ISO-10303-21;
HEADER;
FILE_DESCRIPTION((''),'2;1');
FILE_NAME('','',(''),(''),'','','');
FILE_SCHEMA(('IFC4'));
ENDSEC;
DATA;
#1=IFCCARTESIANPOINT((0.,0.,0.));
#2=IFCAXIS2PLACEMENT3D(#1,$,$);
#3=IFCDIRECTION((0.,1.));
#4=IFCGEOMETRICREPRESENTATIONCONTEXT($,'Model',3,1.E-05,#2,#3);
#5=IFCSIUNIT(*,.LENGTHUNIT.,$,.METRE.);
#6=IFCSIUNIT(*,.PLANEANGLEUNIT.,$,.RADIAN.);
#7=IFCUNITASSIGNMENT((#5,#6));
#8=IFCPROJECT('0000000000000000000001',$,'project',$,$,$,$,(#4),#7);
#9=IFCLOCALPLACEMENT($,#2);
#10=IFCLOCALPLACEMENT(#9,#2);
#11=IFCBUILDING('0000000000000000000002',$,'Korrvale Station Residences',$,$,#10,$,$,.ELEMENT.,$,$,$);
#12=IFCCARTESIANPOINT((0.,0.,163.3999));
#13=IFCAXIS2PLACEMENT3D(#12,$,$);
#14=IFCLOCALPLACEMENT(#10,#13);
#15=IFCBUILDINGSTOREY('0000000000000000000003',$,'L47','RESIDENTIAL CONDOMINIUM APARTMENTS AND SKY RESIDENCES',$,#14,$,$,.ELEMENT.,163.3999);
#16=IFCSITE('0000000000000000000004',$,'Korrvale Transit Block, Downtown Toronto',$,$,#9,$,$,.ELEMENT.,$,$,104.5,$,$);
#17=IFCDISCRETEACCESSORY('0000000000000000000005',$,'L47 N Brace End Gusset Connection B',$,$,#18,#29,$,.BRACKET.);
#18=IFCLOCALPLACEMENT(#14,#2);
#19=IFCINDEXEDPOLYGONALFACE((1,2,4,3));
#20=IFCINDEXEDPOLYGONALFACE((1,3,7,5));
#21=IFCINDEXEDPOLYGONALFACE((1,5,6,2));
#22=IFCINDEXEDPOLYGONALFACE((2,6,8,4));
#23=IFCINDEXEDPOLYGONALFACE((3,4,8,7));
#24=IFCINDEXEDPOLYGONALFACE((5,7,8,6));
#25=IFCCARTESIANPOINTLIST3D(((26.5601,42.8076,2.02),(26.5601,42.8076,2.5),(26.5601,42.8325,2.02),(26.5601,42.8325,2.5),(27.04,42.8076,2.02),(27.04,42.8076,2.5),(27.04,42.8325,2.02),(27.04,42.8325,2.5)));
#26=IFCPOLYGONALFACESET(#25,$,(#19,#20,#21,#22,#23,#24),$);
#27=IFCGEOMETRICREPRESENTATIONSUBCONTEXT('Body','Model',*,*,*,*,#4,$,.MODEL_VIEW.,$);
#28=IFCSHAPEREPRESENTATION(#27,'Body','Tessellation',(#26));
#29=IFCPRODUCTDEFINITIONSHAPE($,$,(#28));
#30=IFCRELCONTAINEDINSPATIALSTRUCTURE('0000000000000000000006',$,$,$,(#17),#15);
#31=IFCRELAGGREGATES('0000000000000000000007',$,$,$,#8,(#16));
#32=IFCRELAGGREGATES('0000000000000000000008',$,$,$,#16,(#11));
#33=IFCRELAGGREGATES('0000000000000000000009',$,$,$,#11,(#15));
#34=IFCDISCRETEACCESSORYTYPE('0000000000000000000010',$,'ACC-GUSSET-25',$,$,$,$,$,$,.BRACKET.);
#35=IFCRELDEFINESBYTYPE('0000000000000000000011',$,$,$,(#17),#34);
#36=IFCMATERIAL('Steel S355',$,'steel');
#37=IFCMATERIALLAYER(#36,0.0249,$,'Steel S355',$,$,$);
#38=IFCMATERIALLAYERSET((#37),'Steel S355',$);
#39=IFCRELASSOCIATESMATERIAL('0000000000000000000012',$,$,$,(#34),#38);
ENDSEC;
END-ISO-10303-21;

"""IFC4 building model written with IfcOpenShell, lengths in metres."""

from ifc_helpers import new_model, si_unit, direction, frame, origin, origin_2d, place, context, subcontext, project, spatial, rectangle, extrude, material, layer, layer_set, type_object, element, save


model = new_model("IFC4")

# Units and contexts
model_context = context("Model", 3, precision=1e-05, world=origin(), true_north=direction((0.0, 1.0)))
body_context = subcontext(model_context, "Body", "Model", "MODEL_VIEW")
ifc_project = project(units=[si_unit("LENGTHUNIT", "METRE"), si_unit("PLANEANGLEUNIT", "RADIAN")], contexts=[model_context])

# Site, building, storey
site_placement = place(None, origin())
site = spatial("IfcSite", under=ifc_project, at=site_placement, Name="Korrvale Transit Block, Downtown Toronto", CompositionType="ELEMENT", RefElevation=104.5)
building_placement = place(site_placement, origin())
building = spatial("IfcBuilding", under=site, at=building_placement, Name="Korrvale Station Residences", CompositionType="ELEMENT")
storey_placement = place(building_placement, frame((0.0, 0.0, 163.3999)))
storey = spatial("IfcBuildingStorey", under=building, at=storey_placement, Name="L47", Description="RESIDENTIAL CONDOMINIUM APARTMENTS AND SKY RESIDENCES", CompositionType="ELEMENT", Elevation=163.3999)

# Shared definitions
ifc_material_1 = material(Name="Steel S355", Category="steel")

# Discrete accessory
ifc_layer_1 = layer(ifc_material_1, 0.0249, Name="Steel S355")
ifc_layer_set_1 = layer_set([ifc_layer_1], Name="Steel S355")
discrete_accessory_type = type_object("IfcDiscreteAccessoryType", Name="ACC-GUSSET-25", PredefinedType="BRACKET", material=ifc_layer_set_1)
for number, where, z_axis, x_axis, name in (
    (1, (26.8, 42.8201, 2.02), (0.0, 0.0, 1.0), (1.0, 0.0, 0.0), "L47 N Brace End Gusset Connection B"),
):
    element("IfcDiscreteAccessory", number, at=place(storey_placement, frame(where, z_axis=z_axis, x_axis=x_axis)), inside=storey, type_object=discrete_accessory_type, Name=name, PredefinedType="BRACKET", context=body_context, shape_type="SweptSolid", body=[
        extrude(rectangle(XDim=0.48, YDim=0.0249, at=origin_2d()), origin(), (0.0, 0.0, 1.0), 0.48),
    ])

save(model, "model.ifc")
